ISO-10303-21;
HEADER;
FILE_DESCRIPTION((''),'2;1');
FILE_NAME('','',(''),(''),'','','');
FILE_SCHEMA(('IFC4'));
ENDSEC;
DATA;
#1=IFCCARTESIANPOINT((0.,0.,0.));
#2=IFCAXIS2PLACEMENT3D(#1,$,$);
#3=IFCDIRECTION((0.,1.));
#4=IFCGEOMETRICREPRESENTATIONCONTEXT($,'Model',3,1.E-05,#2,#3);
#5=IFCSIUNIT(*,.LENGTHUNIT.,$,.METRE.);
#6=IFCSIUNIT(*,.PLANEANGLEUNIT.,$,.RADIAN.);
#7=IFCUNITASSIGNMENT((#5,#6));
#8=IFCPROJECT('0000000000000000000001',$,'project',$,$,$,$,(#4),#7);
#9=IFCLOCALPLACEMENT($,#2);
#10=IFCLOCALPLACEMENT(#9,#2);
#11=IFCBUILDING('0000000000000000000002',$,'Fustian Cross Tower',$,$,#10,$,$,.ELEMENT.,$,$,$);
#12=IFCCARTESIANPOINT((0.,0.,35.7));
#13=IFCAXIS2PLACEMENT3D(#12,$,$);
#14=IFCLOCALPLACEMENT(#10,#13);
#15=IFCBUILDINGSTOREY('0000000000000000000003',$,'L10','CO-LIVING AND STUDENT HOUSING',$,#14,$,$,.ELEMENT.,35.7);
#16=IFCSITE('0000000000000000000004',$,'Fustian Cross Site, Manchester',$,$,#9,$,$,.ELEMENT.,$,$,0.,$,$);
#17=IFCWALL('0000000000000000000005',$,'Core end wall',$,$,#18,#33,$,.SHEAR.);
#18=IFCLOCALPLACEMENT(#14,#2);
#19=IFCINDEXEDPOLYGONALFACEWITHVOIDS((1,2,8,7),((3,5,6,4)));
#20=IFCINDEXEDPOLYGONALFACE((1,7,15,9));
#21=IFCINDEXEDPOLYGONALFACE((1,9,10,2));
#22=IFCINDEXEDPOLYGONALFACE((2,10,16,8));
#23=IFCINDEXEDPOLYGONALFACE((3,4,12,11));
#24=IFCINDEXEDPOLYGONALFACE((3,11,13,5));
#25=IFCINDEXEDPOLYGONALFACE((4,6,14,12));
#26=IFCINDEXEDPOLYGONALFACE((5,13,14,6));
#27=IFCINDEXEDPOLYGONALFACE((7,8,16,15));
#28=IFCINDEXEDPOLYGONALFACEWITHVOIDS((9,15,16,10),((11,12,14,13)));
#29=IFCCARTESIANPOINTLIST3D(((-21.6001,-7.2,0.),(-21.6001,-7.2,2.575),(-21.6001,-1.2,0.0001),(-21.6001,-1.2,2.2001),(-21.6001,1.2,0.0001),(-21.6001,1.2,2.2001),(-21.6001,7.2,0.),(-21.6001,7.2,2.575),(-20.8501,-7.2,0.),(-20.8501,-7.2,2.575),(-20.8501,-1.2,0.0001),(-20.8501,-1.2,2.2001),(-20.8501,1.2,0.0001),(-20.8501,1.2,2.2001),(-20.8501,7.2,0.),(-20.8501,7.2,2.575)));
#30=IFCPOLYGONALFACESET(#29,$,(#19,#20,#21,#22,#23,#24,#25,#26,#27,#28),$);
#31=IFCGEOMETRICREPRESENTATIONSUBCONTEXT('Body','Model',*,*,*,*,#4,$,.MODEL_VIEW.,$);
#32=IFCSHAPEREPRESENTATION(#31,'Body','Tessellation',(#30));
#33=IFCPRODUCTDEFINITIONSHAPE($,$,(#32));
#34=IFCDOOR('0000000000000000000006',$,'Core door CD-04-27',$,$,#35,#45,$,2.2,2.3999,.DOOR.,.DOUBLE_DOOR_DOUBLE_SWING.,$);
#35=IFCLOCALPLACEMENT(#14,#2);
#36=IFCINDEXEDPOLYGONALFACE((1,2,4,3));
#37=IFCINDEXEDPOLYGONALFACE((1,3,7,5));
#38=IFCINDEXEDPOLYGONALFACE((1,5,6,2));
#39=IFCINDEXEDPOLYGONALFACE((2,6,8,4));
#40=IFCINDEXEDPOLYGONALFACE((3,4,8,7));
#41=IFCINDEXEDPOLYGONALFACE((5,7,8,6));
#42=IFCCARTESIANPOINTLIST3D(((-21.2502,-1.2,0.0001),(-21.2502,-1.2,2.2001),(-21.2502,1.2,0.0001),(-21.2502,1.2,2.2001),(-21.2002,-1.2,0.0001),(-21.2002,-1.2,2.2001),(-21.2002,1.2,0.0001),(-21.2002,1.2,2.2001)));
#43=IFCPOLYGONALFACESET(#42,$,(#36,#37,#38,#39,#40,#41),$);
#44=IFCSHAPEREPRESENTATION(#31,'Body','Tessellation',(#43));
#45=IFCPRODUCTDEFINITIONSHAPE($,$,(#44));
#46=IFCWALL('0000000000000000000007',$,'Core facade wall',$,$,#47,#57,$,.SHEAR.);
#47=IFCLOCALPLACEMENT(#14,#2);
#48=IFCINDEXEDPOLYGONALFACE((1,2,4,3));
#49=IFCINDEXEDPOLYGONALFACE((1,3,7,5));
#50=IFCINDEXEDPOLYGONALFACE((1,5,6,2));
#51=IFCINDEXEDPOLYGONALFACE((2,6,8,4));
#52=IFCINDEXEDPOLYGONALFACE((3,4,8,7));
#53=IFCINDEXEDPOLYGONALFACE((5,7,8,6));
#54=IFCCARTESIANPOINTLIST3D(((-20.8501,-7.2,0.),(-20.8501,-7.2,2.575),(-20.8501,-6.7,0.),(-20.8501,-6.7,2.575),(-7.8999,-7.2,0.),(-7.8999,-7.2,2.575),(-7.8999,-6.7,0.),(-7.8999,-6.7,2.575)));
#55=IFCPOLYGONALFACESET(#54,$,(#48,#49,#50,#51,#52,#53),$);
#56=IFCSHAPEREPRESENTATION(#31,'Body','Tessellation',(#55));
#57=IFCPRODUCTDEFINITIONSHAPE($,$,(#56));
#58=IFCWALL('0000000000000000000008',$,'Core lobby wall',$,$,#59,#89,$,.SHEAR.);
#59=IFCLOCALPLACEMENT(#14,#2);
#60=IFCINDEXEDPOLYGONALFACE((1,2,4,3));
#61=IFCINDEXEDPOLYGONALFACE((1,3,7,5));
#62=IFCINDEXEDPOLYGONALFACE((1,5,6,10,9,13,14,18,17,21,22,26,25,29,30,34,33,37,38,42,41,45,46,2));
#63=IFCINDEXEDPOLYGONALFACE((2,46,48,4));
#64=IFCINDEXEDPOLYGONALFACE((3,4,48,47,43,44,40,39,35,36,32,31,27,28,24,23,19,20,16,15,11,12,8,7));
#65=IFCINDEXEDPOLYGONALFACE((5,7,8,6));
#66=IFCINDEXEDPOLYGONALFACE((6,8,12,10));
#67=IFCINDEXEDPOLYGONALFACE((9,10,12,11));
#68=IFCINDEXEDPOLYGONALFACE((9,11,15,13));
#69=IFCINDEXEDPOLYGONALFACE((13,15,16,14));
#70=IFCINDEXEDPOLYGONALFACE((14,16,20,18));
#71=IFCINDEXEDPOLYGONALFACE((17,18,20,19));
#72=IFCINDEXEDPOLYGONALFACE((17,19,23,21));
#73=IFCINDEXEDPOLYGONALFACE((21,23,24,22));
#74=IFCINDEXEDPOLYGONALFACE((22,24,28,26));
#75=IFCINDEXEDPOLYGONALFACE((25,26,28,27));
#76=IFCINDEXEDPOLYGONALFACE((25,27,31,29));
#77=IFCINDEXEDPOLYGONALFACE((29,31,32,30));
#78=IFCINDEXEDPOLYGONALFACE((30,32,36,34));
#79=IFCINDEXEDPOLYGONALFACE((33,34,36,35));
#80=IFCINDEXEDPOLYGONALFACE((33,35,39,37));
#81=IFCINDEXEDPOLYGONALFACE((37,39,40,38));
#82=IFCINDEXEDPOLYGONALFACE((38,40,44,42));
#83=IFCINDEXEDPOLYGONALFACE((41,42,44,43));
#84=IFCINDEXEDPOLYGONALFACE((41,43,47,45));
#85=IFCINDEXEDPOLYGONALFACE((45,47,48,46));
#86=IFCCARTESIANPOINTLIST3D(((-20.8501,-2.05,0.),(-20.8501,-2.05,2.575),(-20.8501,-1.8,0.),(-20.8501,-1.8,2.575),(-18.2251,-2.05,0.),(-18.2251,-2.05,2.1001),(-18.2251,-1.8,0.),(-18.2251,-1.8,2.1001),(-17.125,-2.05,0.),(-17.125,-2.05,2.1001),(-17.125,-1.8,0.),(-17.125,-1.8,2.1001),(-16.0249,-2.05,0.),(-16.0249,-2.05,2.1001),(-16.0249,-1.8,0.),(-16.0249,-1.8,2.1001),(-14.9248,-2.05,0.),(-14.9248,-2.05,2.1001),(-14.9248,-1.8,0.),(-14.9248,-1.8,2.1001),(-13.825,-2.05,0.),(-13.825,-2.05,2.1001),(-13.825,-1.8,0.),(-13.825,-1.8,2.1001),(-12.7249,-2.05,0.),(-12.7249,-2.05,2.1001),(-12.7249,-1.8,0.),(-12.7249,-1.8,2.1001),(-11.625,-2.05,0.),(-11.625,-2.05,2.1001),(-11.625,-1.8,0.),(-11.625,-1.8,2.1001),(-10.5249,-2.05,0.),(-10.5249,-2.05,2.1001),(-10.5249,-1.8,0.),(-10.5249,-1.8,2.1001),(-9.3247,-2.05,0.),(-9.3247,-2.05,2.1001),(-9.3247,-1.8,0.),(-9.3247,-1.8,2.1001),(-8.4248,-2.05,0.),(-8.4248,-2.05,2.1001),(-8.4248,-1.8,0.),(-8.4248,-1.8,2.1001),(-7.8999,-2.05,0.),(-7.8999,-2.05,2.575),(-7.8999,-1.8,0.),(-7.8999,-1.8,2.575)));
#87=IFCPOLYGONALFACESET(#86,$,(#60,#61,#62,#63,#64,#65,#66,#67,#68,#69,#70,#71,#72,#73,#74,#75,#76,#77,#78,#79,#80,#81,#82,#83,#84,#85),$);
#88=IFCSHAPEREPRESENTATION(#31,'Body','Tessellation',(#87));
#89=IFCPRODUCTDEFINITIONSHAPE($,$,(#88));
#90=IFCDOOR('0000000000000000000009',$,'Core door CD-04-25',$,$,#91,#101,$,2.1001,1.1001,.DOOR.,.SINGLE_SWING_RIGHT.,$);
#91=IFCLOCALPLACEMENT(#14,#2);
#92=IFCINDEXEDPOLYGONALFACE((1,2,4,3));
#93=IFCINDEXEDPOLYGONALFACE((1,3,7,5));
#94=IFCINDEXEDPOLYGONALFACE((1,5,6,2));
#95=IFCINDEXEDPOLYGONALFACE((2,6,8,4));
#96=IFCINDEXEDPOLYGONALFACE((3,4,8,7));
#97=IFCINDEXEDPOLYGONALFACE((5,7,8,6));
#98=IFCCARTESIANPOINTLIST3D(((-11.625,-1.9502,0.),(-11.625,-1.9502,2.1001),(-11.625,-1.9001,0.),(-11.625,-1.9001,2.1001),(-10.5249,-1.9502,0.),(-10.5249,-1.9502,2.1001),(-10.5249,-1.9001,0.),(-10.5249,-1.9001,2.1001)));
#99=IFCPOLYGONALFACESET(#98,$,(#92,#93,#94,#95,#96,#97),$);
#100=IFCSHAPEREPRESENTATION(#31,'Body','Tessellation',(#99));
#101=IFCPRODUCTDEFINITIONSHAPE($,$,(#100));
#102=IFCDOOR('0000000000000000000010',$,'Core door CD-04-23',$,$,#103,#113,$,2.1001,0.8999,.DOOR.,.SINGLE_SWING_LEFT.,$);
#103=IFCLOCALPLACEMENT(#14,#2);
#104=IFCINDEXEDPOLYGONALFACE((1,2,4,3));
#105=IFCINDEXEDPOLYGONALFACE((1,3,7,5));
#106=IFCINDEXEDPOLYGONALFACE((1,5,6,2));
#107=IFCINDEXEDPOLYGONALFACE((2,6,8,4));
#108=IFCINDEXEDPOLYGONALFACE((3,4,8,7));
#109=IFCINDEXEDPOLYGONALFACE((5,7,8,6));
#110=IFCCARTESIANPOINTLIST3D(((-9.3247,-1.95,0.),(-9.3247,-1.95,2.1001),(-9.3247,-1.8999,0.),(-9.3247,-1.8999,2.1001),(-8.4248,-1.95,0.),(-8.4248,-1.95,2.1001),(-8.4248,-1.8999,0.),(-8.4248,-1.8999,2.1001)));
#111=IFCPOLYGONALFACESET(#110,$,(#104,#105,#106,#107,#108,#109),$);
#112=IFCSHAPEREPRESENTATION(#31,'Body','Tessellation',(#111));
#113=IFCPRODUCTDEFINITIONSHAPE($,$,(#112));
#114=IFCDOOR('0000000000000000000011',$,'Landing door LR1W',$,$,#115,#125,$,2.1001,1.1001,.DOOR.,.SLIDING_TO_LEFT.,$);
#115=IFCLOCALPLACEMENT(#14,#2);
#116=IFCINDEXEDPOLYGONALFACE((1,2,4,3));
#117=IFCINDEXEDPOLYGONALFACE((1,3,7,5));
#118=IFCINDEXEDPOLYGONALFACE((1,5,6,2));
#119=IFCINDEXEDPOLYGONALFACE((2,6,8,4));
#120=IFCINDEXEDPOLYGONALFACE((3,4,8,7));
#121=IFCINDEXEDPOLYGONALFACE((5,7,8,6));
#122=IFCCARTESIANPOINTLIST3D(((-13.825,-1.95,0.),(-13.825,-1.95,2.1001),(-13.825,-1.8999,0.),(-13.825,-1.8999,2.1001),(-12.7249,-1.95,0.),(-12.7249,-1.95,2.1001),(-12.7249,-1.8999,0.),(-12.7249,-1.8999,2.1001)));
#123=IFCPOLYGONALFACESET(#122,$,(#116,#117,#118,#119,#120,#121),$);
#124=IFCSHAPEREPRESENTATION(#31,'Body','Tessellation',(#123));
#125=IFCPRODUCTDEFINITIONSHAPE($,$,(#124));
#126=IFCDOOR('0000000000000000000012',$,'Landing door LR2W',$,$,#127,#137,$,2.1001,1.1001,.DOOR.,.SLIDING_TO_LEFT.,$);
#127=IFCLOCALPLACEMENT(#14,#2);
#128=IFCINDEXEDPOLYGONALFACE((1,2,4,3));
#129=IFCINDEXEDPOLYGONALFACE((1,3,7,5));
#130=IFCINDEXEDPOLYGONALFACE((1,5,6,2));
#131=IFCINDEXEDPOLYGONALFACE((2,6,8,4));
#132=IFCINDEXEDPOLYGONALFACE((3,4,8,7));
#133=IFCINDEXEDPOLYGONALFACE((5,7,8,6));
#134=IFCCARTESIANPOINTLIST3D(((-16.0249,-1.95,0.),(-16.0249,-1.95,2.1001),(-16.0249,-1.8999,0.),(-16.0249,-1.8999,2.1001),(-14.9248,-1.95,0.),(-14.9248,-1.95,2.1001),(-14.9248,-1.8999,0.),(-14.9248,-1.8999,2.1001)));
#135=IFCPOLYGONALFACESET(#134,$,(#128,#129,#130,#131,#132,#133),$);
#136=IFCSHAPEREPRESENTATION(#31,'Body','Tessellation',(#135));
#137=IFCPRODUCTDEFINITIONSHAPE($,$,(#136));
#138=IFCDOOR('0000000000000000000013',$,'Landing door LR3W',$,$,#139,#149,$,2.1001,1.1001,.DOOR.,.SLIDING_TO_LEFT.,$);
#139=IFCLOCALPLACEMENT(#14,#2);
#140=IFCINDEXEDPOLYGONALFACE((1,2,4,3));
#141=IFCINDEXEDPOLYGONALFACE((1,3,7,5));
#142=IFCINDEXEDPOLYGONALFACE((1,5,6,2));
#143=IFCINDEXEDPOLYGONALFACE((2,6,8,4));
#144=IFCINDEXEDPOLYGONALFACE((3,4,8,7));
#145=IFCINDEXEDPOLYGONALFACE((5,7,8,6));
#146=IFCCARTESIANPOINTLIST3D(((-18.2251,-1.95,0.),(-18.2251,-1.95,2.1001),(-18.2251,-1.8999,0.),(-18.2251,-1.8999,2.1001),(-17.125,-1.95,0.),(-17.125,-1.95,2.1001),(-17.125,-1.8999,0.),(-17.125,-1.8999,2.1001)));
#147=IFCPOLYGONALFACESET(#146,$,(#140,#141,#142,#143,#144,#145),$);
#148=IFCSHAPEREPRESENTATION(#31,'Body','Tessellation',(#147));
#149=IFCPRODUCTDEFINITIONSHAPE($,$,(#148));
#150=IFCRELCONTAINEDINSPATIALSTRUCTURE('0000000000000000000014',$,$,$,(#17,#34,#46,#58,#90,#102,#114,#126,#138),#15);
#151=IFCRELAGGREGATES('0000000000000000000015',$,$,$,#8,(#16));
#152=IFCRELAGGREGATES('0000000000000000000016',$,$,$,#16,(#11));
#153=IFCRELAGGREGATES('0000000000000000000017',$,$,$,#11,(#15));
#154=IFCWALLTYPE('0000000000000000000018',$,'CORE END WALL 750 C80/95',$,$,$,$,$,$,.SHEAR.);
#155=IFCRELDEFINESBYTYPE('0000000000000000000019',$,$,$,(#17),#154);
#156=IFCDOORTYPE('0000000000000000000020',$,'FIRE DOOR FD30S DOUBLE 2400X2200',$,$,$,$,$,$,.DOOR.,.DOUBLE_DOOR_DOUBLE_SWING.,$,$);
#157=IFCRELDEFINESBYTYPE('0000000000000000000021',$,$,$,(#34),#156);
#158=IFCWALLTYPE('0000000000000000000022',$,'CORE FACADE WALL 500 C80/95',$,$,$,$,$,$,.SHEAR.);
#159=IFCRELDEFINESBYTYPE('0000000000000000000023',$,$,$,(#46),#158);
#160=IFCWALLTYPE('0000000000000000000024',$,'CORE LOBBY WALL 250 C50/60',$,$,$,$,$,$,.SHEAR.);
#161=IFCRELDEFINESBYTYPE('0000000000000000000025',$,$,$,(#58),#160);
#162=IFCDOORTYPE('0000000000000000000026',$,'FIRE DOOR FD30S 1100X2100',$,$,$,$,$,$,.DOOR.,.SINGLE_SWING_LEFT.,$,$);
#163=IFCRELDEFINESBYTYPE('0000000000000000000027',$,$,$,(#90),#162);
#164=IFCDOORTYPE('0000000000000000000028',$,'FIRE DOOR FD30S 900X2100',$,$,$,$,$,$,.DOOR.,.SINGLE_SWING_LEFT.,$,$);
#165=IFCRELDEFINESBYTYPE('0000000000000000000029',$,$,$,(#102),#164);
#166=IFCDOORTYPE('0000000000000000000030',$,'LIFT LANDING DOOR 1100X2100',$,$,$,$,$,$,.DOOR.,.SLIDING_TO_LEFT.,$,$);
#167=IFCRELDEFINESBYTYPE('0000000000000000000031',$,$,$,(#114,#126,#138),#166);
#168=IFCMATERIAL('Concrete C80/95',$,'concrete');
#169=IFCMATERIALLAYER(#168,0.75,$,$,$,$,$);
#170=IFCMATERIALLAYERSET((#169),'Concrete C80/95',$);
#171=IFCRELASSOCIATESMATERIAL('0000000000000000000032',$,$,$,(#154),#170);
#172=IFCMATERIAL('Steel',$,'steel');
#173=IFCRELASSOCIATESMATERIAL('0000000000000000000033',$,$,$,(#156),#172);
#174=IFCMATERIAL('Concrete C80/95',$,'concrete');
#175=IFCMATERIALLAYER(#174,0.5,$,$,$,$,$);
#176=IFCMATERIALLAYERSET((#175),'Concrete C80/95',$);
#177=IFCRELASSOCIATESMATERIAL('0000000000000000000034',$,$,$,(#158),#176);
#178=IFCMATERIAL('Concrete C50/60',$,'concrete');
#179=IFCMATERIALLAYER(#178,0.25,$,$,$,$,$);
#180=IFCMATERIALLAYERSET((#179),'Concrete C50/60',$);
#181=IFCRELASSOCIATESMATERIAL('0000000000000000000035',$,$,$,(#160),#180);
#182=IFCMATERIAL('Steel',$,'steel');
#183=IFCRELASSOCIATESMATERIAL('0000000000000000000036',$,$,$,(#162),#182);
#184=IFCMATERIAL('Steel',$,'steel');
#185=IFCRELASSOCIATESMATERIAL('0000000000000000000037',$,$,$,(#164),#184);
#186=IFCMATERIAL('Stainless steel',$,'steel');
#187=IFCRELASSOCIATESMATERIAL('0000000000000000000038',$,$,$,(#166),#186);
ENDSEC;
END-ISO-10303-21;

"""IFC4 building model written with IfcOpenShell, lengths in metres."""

from ifc_helpers import new_model, si_unit, direction, frame, frame_2d, origin, place, context, subcontext, project, spatial, rectangle, extrude, material, layer, layer_set, type_object, element, fill, save


model = new_model("IFC4")

# Units and contexts
model_context = context("Model", 3, precision=1e-05, world=origin(), true_north=direction((0.0, 1.0)))
body_context = subcontext(model_context, "Body", "Model", "MODEL_VIEW")
ifc_project = project(units=[si_unit("LENGTHUNIT", "METRE"), si_unit("PLANEANGLEUNIT", "RADIAN")], contexts=[model_context])

# Site, building, storey
site_placement = place(None, origin())
site = spatial("IfcSite", under=ifc_project, at=site_placement, Name="Fustian Cross Site, Manchester", CompositionType="ELEMENT", RefElevation=0.0)
building_placement = place(site_placement, origin())
building = spatial("IfcBuilding", under=site, at=building_placement, Name="Fustian Cross Tower", CompositionType="ELEMENT")
storey_placement = place(building_placement, frame((0.0, 0.0, 35.7)))
storey = spatial("IfcBuildingStorey", under=building, at=storey_placement, Name="L10", Description="CO-LIVING AND STUDENT HOUSING", CompositionType="ELEMENT", Elevation=35.7)

# Wall, opening, door
ifc_material_1 = material(Name="Concrete C80/95", Category="concrete")
ifc_layer_1 = layer(ifc_material_1, 0.75)
ifc_layer_set_1 = layer_set([ifc_layer_1], Name="Concrete C80/95")
wall_type_1 = type_object("IfcWallType", Name="CORE END WALL 750 C80/95", PredefinedType="SHEAR", material=ifc_layer_set_1)
wall_1_placement = place(storey_placement, frame((-21.2251, -7.2, 0.0), z_axis=(0.0, 0.0, 1.0), x_axis=(0.0, 1.0, 0.0)))
wall_1 = element("IfcWall", 1, at=wall_1_placement, inside=storey, type_object=wall_type_1, Name="Core end wall", PredefinedType="SHEAR", context=body_context, shape_type="SweptSolid", body=[
    extrude(rectangle(XDim=14.3999, YDim=0.75, at=frame_2d((7.2, 0.0))), origin(), (0.0, 0.0, 1.0), 2.575),
])
opening_1_placement = place(wall_1_placement, frame((6.0, 0.0, 0.0)))
opening_1 = element("IfcOpeningElement", 2, at=opening_1_placement, cuts=wall_1, PredefinedType="OPENING", context=body_context, shape_type="SweptSolid", body=[
    extrude(rectangle(XDim=2.3999, YDim=2.2, at=frame_2d((1.2, 1.1001))), frame((0.0, 0.385, 0.0), z_axis=(0.0, -1.0, 0.0), x_axis=(1.0, 0.0, 0.0)), (0.0, 0.0, 1.0), 0.77),
])
ifc_material_2 = material(Name="Steel", Category="steel")
door_type_1 = type_object("IfcDoorType", Name="FIRE DOOR FD30S DOUBLE 2400X2200", OperationType="DOUBLE_DOOR_DOUBLE_SWING", PredefinedType="DOOR", material=ifc_material_2)
door_1_placement = place(opening_1_placement, frame((2.3999, 0.0, 0.0), z_axis=(0.0, 0.0, 1.0), x_axis=(-1.0, 0.0, 0.0)))
door_1 = element("IfcDoor", 3, at=door_1_placement, inside=storey, type_object=door_type_1, Name="Core door CD-04-27", OperationType="DOUBLE_DOOR_DOUBLE_SWING", OverallHeight=2.2, OverallWidth=2.3999, PredefinedType="DOOR", context=body_context, shape_type="SweptSolid", body=[
    extrude(rectangle(XDim=2.3999, YDim=2.2, at=frame_2d((1.2, 1.1001))), frame((0.0, 0.0249, 0.0), z_axis=(0.0, -1.0, 0.0), x_axis=(1.0, 0.0, 0.0)), (0.0, 0.0, 1.0), 0.05),
])
fill(opening_1, door_1)

# Wall
ifc_material_3 = material(Name="Concrete C80/95", Category="concrete")
ifc_layer_2 = layer(ifc_material_3, 0.5)
ifc_layer_set_2 = layer_set([ifc_layer_2], Name="Concrete C80/95")
wall_type_2 = type_object("IfcWallType", Name="CORE FACADE WALL 500 C80/95", PredefinedType="SHEAR", material=ifc_layer_set_2)
wall_2_placement = place(storey_placement, frame((-7.8999, -6.95, 0.0), z_axis=(0.0, 0.0, 1.0), x_axis=(-1.0, 0.0, 0.0)))
element("IfcWall", 4, at=wall_2_placement, inside=storey, type_object=wall_type_2, Name="Core facade wall", PredefinedType="SHEAR", context=body_context, shape_type="SweptSolid", body=[
    extrude(rectangle(XDim=12.9502, YDim=0.5, at=frame_2d((6.4751, 0.0))), origin(), (0.0, 0.0, 1.0), 2.575),
])

# Wall, openings, doors
ifc_material_4 = material(Name="Concrete C50/60", Category="concrete")
ifc_layer_3 = layer(ifc_material_4, 0.25)
ifc_layer_set_3 = layer_set([ifc_layer_3], Name="Concrete C50/60")
wall_type_3 = type_object("IfcWallType", Name="CORE LOBBY WALL 250 C50/60", PredefinedType="SHEAR", material=ifc_layer_set_3)
wall_3_placement = place(storey_placement, frame((-7.8999, -1.925, 0.0), z_axis=(0.0, 0.0, 1.0), x_axis=(-1.0, 0.0, 0.0)))
wall_3 = element("IfcWall", 5, at=wall_3_placement, inside=storey, type_object=wall_type_3, Name="Core lobby wall", PredefinedType="SHEAR", context=body_context, shape_type="SweptSolid", body=[
    extrude(rectangle(XDim=12.9502, YDim=0.25, at=frame_2d((6.4751, 0.0))), origin(), (0.0, 0.0, 1.0), 2.575),
])
opening_2_placement = place(wall_3_placement, frame((4.825, 0.0, 0.0)))
opening_2 = element("IfcOpeningElement", 6, at=opening_2_placement, cuts=wall_3, PredefinedType="OPENING", context=body_context, shape_type="SweptSolid", body=[
    extrude(rectangle(XDim=1.1001, YDim=2.1001, at=frame_2d((0.55, 1.05))), frame((0.0, 0.135, 0.0), z_axis=(0.0, -1.0, 0.0), x_axis=(1.0, 0.0, 0.0)), (0.0, 0.0, 1.0), 0.27),
])
opening_3_placement = place(wall_3_placement, frame((7.0249, 0.0, 0.0)))
opening_3 = element("IfcOpeningElement", 7, at=opening_3_placement, cuts=wall_3, PredefinedType="OPENING", context=body_context, shape_type="SweptSolid", body=[
    extrude(rectangle(XDim=1.1001, YDim=2.1001, at=frame_2d((0.55, 1.05))), frame((0.0, 0.135, 0.0), z_axis=(0.0, -1.0, 0.0), x_axis=(1.0, 0.0, 0.0)), (0.0, 0.0, 1.0), 0.27),
])
opening_4_placement = place(wall_3_placement, frame((9.2251, 0.0, 0.0)))
opening_4 = element("IfcOpeningElement", 8, at=opening_4_placement, cuts=wall_3, PredefinedType="OPENING", context=body_context, shape_type="SweptSolid", body=[
    extrude(rectangle(XDim=1.1001, YDim=2.1001, at=frame_2d((0.55, 1.05))), frame((0.0, 0.135, 0.0), z_axis=(0.0, -1.0, 0.0), x_axis=(1.0, 0.0, 0.0)), (0.0, 0.0, 1.0), 0.27),
])
opening_5_placement = place(wall_3_placement, frame((0.5249, 0.0, 0.0)))
opening_5 = element("IfcOpeningElement", 9, at=opening_5_placement, cuts=wall_3, PredefinedType="OPENING", context=body_context, shape_type="SweptSolid", body=[
    extrude(rectangle(XDim=0.8999, YDim=2.1001, at=frame_2d((0.45, 1.05))), frame((0.0, 0.135, 0.0), z_axis=(0.0, -1.0, 0.0), x_axis=(1.0, 0.0, 0.0)), (0.0, 0.0, 1.0), 0.27),
])
opening_6_placement = place(wall_3_placement, frame((2.625, 0.0, 0.0)))
opening_6 = element("IfcOpeningElement", 10, at=opening_6_placement, cuts=wall_3, PredefinedType="OPENING", context=body_context, shape_type="SweptSolid", body=[
    extrude(rectangle(XDim=1.1001, YDim=2.1001, at=frame_2d((0.55, 1.05))), frame((0.0, 0.135, 0.0), z_axis=(0.0, -1.0, 0.0), x_axis=(1.0, 0.0, 0.0)), (0.0, 0.0, 1.0), 0.27),
])
ifc_material_5 = material(Name="Steel", Category="steel")
door_type_2 = type_object("IfcDoorType", Name="FIRE DOOR FD30S 1100X2100", OperationType="SINGLE_SWING_LEFT", PredefinedType="DOOR", material=ifc_material_5)
door_2_placement = place(opening_6_placement, frame((1.1001, 0.0, 0.0), z_axis=(0.0, 0.0, 1.0), x_axis=(-1.0, 0.0, 0.0)))
door_2 = element("IfcDoor", 11, at=door_2_placement, inside=storey, type_object=door_type_2, Name="Core door CD-04-25", OperationType="SINGLE_SWING_RIGHT", OverallHeight=2.1001, OverallWidth=1.1001, PredefinedType="DOOR", context=body_context, shape_type="SweptSolid", body=[
    extrude(rectangle(XDim=1.1001, YDim=2.1001, at=frame_2d((0.55, 1.05))), frame((0.0, 0.0249, 0.0), z_axis=(0.0, -1.0, 0.0), x_axis=(1.0, 0.0, 0.0)), (0.0, 0.0, 1.0), 0.05),
])
fill(opening_6, door_2)
ifc_material_6 = material(Name="Steel", Category="steel")
door_type_3 = type_object("IfcDoorType", Name="FIRE DOOR FD30S 900X2100", OperationType="SINGLE_SWING_LEFT", PredefinedType="DOOR", material=ifc_material_6)
door_3_placement = place(opening_5_placement, origin())
door_3 = element("IfcDoor", 12, at=door_3_placement, inside=storey, type_object=door_type_3, Name="Core door CD-04-23", OperationType="SINGLE_SWING_LEFT", OverallHeight=2.1001, OverallWidth=0.8999, PredefinedType="DOOR", context=body_context, shape_type="SweptSolid", body=[
    extrude(rectangle(XDim=0.8999, YDim=2.1001, at=frame_2d((0.45, 1.05))), frame((0.0, 0.0249, 0.0), z_axis=(0.0, -1.0, 0.0), x_axis=(1.0, 0.0, 0.0)), (0.0, 0.0, 1.0), 0.05),
])
fill(opening_5, door_3)
ifc_material_7 = material(Name="Stainless steel", Category="steel")
door_type_4 = type_object("IfcDoorType", Name="LIFT LANDING DOOR 1100X2100", OperationType="SLIDING_TO_LEFT", PredefinedType="DOOR", material=ifc_material_7)
door_4_placement = place(opening_2_placement, origin())
door_4 = element("IfcDoor", 13, at=door_4_placement, inside=storey, type_object=door_type_4, Name="Landing door LR1W", OperationType="SLIDING_TO_LEFT", OverallHeight=2.1001, OverallWidth=1.1001, PredefinedType="DOOR", context=body_context, shape_type="SweptSolid", body=[
    extrude(rectangle(XDim=1.1001, YDim=2.1001, at=frame_2d((0.55, 1.05))), frame((0.0, 0.0249, 0.0), z_axis=(0.0, -1.0, 0.0), x_axis=(1.0, 0.0, 0.0)), (0.0, 0.0, 1.0), 0.05),
])
fill(opening_2, door_4)
door_5_placement = place(opening_3_placement, origin())
door_5 = element("IfcDoor", 14, at=door_5_placement, inside=storey, type_object=door_type_4, Name="Landing door LR2W", OperationType="SLIDING_TO_LEFT", OverallHeight=2.1001, OverallWidth=1.1001, PredefinedType="DOOR", context=body_context, shape_type="SweptSolid", body=[
    extrude(rectangle(XDim=1.1001, YDim=2.1001, at=frame_2d((0.55, 1.05))), frame((0.0, 0.0249, 0.0), z_axis=(0.0, -1.0, 0.0), x_axis=(1.0, 0.0, 0.0)), (0.0, 0.0, 1.0), 0.05),
])
fill(opening_3, door_5)
door_6_placement = place(opening_4_placement, origin())
door_6 = element("IfcDoor", 15, at=door_6_placement, inside=storey, type_object=door_type_4, Name="Landing door LR3W", OperationType="SLIDING_TO_LEFT", OverallHeight=2.1001, OverallWidth=1.1001, PredefinedType="DOOR", context=body_context, shape_type="SweptSolid", body=[
    extrude(rectangle(XDim=1.1001, YDim=2.1001, at=frame_2d((0.55, 1.05))), frame((0.0, 0.0249, 0.0), z_axis=(0.0, -1.0, 0.0), x_axis=(1.0, 0.0, 0.0)), (0.0, 0.0, 1.0), 0.05),
])
fill(opening_4, door_6)

save(model, "model.ifc")
